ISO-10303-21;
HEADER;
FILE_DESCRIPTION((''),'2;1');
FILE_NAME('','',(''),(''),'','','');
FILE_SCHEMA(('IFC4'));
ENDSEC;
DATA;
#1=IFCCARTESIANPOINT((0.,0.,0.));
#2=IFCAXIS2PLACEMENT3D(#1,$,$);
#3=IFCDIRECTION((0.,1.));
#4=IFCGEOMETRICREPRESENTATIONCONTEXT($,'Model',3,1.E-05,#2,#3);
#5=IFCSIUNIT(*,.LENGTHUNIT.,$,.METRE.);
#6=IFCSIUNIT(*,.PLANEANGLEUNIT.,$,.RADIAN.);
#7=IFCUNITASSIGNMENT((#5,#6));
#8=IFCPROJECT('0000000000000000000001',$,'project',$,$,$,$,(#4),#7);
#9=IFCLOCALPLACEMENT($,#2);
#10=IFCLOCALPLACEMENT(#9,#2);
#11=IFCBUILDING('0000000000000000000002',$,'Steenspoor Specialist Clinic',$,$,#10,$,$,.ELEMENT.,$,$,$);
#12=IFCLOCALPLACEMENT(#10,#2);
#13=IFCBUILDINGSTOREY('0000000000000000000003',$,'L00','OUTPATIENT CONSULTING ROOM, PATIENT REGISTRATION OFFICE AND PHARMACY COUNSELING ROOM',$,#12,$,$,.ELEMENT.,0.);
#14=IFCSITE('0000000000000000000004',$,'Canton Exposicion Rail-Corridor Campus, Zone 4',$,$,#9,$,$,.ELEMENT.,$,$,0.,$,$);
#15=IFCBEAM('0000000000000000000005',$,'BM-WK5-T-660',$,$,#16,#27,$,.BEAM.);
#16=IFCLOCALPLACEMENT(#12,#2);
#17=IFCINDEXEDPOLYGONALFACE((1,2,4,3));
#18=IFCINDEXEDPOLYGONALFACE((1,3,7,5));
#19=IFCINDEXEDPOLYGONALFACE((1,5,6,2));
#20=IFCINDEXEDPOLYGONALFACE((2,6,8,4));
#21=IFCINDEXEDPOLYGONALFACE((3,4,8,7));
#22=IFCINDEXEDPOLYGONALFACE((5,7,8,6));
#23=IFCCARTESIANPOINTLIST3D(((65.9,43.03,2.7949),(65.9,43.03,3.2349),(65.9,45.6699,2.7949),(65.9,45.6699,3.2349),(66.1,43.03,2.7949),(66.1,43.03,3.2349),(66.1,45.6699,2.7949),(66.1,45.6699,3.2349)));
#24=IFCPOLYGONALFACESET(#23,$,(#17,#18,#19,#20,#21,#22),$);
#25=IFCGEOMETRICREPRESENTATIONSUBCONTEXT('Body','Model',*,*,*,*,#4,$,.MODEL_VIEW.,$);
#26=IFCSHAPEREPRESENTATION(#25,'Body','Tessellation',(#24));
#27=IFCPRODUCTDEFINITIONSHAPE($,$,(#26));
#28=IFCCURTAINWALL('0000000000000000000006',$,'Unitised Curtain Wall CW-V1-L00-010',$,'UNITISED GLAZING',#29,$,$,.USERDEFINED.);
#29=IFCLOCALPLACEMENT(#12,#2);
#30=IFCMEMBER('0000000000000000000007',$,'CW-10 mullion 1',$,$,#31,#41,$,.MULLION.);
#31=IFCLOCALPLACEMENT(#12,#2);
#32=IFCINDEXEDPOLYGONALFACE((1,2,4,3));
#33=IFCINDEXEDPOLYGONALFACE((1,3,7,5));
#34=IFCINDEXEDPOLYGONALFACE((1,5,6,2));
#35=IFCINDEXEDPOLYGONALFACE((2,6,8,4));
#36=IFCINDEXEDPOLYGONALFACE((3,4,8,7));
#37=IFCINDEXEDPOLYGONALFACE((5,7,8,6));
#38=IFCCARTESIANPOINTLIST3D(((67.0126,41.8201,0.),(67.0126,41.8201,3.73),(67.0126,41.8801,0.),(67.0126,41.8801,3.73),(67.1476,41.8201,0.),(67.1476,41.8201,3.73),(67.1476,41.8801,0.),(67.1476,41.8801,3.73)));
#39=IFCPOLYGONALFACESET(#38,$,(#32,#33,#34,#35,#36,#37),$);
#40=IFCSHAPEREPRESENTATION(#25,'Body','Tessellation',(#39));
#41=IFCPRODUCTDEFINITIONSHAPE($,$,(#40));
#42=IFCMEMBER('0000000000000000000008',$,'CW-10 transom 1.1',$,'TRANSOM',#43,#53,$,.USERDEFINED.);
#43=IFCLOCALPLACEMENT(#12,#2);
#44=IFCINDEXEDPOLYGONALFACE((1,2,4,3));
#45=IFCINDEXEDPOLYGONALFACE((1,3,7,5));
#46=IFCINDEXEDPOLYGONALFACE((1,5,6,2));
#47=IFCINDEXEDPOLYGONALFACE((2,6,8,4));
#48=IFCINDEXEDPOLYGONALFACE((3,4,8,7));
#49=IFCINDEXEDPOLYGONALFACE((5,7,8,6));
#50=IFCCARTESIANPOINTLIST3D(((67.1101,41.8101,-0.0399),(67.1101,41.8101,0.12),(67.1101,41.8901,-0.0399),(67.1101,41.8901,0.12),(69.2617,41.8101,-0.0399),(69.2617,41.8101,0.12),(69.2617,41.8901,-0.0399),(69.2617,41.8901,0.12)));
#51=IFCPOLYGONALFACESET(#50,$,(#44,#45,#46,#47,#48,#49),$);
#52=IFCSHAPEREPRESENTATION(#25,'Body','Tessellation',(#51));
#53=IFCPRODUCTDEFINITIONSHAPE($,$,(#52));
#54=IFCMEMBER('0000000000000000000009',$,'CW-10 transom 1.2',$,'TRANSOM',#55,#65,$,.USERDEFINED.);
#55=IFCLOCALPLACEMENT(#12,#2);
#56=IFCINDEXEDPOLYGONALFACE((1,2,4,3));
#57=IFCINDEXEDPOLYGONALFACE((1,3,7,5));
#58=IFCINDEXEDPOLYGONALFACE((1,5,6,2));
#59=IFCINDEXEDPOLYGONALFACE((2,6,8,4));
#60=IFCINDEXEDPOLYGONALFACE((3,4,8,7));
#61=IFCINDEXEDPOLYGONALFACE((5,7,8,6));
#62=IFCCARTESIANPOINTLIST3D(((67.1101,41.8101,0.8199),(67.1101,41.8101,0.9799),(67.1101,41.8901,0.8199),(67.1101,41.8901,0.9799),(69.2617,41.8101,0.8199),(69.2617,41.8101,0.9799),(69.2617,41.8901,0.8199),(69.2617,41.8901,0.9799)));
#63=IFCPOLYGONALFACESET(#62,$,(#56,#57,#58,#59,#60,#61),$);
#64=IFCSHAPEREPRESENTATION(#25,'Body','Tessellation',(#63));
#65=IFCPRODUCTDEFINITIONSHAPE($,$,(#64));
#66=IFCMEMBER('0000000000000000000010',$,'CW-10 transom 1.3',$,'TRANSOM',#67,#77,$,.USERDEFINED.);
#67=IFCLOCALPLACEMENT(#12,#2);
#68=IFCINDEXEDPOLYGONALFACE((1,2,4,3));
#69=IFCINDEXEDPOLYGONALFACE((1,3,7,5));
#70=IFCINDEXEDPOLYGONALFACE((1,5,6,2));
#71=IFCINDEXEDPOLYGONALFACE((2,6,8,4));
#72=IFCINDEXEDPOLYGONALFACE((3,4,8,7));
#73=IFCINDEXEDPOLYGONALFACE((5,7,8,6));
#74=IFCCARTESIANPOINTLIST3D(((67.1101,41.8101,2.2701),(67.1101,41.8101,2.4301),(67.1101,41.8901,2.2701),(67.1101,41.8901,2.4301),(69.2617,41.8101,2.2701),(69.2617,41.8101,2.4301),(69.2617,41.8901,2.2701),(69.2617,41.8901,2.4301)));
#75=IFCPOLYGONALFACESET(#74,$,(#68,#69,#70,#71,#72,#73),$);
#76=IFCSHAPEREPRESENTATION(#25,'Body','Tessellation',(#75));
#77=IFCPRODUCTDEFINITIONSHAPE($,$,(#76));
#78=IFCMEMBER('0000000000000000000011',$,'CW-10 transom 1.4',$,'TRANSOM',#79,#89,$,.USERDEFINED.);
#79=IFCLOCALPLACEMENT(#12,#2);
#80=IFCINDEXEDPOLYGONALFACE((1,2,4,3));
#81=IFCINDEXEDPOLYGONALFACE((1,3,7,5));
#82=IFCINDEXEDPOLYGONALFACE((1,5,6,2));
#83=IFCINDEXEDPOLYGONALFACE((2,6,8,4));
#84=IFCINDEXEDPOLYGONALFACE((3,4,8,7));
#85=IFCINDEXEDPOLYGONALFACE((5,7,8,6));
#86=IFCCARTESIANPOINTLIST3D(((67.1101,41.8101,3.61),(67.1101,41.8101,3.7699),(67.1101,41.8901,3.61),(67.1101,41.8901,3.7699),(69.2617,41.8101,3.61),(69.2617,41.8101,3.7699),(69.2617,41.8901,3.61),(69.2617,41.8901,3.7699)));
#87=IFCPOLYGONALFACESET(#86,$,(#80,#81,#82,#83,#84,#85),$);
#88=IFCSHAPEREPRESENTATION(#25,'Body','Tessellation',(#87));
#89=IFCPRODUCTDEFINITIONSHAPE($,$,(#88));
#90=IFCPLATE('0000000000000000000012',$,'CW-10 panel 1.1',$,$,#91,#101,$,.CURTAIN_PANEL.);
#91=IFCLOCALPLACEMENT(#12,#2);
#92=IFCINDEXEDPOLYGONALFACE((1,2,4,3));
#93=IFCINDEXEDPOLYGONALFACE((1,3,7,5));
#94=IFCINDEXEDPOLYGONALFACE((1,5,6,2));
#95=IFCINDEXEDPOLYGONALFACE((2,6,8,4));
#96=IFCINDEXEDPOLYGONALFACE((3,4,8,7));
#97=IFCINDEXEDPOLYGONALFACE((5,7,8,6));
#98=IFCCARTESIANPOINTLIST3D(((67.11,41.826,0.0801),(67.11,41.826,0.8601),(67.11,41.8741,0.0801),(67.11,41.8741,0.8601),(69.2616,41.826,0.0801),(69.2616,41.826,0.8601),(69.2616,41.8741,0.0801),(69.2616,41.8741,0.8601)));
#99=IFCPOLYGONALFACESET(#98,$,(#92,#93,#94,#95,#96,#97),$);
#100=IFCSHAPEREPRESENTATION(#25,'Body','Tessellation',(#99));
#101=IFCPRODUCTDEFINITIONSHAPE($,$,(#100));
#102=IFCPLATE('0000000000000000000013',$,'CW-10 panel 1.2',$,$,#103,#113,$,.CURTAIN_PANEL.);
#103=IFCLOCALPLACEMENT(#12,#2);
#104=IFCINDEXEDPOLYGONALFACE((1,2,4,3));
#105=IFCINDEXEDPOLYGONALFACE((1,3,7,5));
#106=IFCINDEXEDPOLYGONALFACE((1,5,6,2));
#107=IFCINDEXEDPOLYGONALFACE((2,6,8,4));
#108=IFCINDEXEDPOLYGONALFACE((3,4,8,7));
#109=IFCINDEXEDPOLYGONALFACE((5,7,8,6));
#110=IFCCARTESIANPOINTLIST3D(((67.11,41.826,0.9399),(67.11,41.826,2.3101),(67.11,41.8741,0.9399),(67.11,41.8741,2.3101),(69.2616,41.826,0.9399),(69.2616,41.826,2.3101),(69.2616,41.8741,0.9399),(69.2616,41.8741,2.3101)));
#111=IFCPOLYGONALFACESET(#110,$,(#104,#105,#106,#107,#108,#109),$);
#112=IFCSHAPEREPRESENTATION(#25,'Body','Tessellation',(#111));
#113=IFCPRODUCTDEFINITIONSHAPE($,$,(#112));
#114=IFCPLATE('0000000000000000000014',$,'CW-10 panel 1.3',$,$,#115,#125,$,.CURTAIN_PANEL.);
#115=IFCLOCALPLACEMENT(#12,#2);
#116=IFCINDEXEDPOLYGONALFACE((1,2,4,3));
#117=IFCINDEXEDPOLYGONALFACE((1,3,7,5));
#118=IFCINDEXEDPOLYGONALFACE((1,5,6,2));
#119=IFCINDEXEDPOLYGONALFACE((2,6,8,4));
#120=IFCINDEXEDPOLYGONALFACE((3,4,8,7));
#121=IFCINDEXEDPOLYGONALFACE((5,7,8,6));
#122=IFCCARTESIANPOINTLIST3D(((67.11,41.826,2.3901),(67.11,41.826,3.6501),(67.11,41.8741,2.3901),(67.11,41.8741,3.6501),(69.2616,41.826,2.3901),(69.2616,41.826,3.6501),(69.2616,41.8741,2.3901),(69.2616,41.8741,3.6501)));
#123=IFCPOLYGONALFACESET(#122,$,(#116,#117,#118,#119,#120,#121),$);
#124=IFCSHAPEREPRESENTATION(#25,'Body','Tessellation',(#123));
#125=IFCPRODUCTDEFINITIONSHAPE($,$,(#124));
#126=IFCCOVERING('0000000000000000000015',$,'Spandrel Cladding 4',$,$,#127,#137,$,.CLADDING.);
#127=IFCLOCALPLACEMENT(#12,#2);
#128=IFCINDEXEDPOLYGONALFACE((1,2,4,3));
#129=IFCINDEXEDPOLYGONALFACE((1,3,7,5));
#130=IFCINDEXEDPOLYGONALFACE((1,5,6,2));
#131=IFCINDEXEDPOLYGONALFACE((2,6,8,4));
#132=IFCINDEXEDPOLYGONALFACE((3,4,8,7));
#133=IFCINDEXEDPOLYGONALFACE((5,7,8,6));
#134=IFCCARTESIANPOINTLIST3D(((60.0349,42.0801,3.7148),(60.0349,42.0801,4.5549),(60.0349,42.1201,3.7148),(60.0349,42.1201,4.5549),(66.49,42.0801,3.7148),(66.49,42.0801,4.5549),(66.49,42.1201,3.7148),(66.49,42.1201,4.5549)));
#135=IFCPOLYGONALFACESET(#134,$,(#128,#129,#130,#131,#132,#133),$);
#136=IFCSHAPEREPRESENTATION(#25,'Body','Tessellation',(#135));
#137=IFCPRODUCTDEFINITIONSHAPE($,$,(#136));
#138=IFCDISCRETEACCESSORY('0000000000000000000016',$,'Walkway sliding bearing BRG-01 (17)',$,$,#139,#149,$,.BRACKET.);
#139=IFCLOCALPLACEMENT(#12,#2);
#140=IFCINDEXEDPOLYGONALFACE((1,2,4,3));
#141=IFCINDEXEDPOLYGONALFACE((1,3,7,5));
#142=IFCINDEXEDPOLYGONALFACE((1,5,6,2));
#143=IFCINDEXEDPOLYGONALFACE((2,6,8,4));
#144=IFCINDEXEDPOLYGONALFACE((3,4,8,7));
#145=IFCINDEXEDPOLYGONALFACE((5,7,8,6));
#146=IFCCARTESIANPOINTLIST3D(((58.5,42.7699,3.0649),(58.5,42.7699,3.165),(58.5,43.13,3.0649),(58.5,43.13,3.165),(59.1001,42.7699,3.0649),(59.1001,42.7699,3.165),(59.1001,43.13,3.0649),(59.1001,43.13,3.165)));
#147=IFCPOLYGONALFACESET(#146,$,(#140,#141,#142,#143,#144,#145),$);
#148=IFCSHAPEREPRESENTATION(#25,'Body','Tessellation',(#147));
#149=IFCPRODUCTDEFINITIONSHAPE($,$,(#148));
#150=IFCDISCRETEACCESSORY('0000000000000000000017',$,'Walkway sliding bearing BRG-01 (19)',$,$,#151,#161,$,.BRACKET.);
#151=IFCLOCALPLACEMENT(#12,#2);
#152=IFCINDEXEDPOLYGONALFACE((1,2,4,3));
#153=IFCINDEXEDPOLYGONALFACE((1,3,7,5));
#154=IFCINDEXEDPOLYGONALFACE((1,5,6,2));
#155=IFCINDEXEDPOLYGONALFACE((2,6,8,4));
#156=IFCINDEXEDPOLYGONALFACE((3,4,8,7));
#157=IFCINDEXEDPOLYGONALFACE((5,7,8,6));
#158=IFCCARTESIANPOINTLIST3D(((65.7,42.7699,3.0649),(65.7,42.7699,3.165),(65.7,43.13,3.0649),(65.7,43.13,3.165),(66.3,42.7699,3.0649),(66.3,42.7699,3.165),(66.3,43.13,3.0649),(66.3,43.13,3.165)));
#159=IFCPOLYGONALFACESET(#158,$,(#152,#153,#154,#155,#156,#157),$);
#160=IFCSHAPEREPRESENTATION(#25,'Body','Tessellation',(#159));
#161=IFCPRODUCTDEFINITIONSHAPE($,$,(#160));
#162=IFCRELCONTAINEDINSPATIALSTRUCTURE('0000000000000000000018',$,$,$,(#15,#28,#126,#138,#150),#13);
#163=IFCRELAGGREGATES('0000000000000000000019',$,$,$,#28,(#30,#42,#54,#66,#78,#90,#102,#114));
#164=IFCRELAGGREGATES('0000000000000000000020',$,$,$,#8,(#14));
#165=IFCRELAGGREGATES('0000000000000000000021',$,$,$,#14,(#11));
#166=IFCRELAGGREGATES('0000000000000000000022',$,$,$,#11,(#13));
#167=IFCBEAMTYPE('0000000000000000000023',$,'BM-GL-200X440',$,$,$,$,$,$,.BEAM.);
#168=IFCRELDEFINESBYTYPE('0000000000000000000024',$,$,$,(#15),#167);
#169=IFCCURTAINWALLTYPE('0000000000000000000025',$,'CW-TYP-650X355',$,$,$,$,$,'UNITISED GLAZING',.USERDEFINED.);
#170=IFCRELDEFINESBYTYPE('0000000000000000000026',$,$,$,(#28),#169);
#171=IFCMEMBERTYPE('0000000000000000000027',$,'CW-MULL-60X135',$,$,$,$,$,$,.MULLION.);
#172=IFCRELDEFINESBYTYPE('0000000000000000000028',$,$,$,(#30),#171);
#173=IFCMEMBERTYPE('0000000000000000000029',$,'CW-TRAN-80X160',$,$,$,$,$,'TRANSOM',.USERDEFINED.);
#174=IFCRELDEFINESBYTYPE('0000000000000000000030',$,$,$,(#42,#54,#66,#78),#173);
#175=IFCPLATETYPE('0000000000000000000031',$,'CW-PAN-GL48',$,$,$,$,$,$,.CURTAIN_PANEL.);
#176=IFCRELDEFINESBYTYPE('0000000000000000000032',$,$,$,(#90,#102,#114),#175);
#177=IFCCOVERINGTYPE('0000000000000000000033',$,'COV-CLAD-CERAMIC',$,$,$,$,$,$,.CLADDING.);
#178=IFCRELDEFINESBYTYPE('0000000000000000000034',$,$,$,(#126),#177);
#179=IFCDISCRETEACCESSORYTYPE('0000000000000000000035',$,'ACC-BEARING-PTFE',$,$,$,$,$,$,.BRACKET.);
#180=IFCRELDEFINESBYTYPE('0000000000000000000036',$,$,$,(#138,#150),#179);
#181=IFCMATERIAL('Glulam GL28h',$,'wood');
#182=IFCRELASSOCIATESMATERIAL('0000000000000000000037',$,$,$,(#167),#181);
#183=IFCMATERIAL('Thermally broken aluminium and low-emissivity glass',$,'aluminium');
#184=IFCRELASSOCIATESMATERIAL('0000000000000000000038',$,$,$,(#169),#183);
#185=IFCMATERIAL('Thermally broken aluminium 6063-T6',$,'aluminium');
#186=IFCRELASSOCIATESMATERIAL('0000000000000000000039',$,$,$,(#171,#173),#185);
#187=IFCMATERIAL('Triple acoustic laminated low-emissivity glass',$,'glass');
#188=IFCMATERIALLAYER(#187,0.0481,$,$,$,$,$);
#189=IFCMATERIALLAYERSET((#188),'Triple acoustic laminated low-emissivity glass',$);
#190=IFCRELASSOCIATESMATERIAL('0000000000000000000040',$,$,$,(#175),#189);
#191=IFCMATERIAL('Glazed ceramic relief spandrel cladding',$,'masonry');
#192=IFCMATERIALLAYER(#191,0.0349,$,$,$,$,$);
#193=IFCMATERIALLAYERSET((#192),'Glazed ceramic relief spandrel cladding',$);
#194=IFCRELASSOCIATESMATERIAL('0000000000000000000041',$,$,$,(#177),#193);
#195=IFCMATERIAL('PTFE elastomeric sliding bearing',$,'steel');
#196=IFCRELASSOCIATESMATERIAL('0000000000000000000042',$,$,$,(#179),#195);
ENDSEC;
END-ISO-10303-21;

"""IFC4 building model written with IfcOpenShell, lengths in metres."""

from ifc_helpers import new_model, si_unit, direction, frame, origin, origin_2d, place, context, subcontext, project, spatial, rectangle, extrude, material, layer, layer_set, material_profile, profile_set, type_object, element, aggregate, save


model = new_model("IFC4")

# Units and contexts
model_context = context("Model", 3, precision=1e-05, world=origin(), true_north=direction((0.0, 1.0)))
body_context = subcontext(model_context, "Body", "Model", "MODEL_VIEW")
ifc_project = project(units=[si_unit("LENGTHUNIT", "METRE"), si_unit("PLANEANGLEUNIT", "RADIAN")], contexts=[model_context])

# Site, building, storey
site_placement = place(None, origin())
site = spatial("IfcSite", under=ifc_project, at=site_placement, Name="Canton Exposicion Rail-Corridor Campus, Zone 4", CompositionType="ELEMENT", RefElevation=0.0)
building_placement = place(site_placement, origin())
building = spatial("IfcBuilding", under=site, at=building_placement, Name="Steenspoor Specialist Clinic", CompositionType="ELEMENT")
storey_placement = place(building_placement, origin())
storey = spatial("IfcBuildingStorey", under=building, at=storey_placement, Name="L00", Description="OUTPATIENT CONSULTING ROOM, PATIENT REGISTRATION OFFICE AND PHARMACY COUNSELING ROOM", CompositionType="ELEMENT", Elevation=0.0)

# Shared definitions
ifc_material_1 = material(Name="Glulam GL28h", Category="wood")

# Beam
ifc_material_profile_1 = material_profile(ifc_material_1, rectangle(XDim=0.2, YDim=0.4399, at=origin_2d()), Name="GL28H-200X440")
ifc_profile_set_1 = profile_set([ifc_material_profile_1], Name="Glulam GL28h")
beam_type = type_object("IfcBeamType", Name="BM-GL-200X440", PredefinedType="BEAM", material=ifc_profile_set_1)
for number, where, z_axis, x_axis, name in (
    (1, (66.0, 43.03, 3.0149), (0.0, 1.0, 0.0), (-1.0, 0.0, 0.0), "BM-WK5-T-660"),
):
    element("IfcBeam", number, at=place(storey_placement, frame(where, z_axis=z_axis, x_axis=x_axis)), inside=storey, type_object=beam_type, Name=name, PredefinedType="BEAM", context=body_context, shape_type="SweptSolid", body=[
        extrude(rectangle(XDim=0.2, YDim=0.4399, at=origin_2d()), origin(), (0.0, 0.0, 1.0), 2.6399),
    ])

# Curtain wall, members, plates
ifc_material_2 = material(Name="Thermally broken aluminium and low-emissivity glass", Category="aluminium")
curtain_wall_type = type_object("IfcCurtainWallType", Name="CW-TYP-650X355", ElementType="UNITISED GLAZING", PredefinedType="USERDEFINED", material=ifc_material_2)
curtain_wall_placement = place(storey_placement, origin())
curtain_wall = element("IfcCurtainWall", 2, at=curtain_wall_placement, inside=storey, type_object=curtain_wall_type, Name="Unitised Curtain Wall CW-V1-L00-010", ObjectType="UNITISED GLAZING", PredefinedType="USERDEFINED")
ifc_material_3 = material(Name="Thermally broken aluminium 6063-T6", Category="aluminium")
ifc_material_profile_2 = material_profile(ifc_material_3, rectangle(XDim=0.0601, YDim=0.135, at=origin_2d()), Name="CWM-60X135")
ifc_profile_set_2 = profile_set([ifc_material_profile_2], Name="Thermally broken aluminium 6063-T6")
member_type_1 = type_object("IfcMemberType", Name="CW-MULL-60X135", PredefinedType="MULLION", material=ifc_profile_set_2)
member_1_placement = place(storey_placement, frame((67.0801, 41.8501, 0.0), z_axis=(0.0, 0.0, 1.0), x_axis=(0.0, 1.0, 0.0)))
member_1 = element("IfcMember", 3, at=member_1_placement, type_object=member_type_1, Name="CW-10 mullion 1", PredefinedType="MULLION", context=body_context, shape_type="SweptSolid", body=[
    extrude(rectangle(XDim=0.0601, YDim=0.135, at=origin_2d()), origin(), (0.0, 0.0, 1.0), 3.73),
])
ifc_material_profile_3 = material_profile(ifc_material_3, rectangle(XDim=0.0801, YDim=0.1599, at=origin_2d()), Name="CWT-80X160")
ifc_profile_set_3 = profile_set([ifc_material_profile_3], Name="Thermally broken aluminium 6063-T6")
member_type_2 = type_object("IfcMemberType", Name="CW-TRAN-80X160", ElementType="TRANSOM", PredefinedType="USERDEFINED", material=ifc_profile_set_3)
member_2_placement = place(storey_placement, frame((67.1101, 41.8501, 0.04), z_axis=(1.0, 0.0, 0.0), x_axis=(0.0, 1.0, 0.0)))
member_2 = element("IfcMember", 4, at=member_2_placement, type_object=member_type_2, Name="CW-10 transom 1.1", ObjectType="TRANSOM", PredefinedType="USERDEFINED", context=body_context, shape_type="SweptSolid", body=[
    extrude(rectangle(XDim=0.0801, YDim=0.1599, at=origin_2d()), origin(), (0.0, 0.0, 1.0), 2.1516),
])
member_3_placement = place(storey_placement, frame((67.1101, 41.8501, 0.8999), z_axis=(1.0, 0.0, 0.0), x_axis=(0.0, 1.0, 0.0)))
member_3 = element("IfcMember", 5, at=member_3_placement, type_object=member_type_2, Name="CW-10 transom 1.2", ObjectType="TRANSOM", PredefinedType="USERDEFINED", context=body_context, shape_type="SweptSolid", body=[
    extrude(rectangle(XDim=0.0801, YDim=0.1599, at=origin_2d()), origin(), (0.0, 0.0, 1.0), 2.1516),
])
member_4_placement = place(storey_placement, frame((67.1101, 41.8501, 2.3501), z_axis=(1.0, 0.0, 0.0), x_axis=(0.0, 1.0, 0.0)))
member_4 = element("IfcMember", 6, at=member_4_placement, type_object=member_type_2, Name="CW-10 transom 1.3", ObjectType="TRANSOM", PredefinedType="USERDEFINED", context=body_context, shape_type="SweptSolid", body=[
    extrude(rectangle(XDim=0.0801, YDim=0.1599, at=origin_2d()), origin(), (0.0, 0.0, 1.0), 2.1516),
])
member_5_placement = place(storey_placement, frame((67.1101, 41.8501, 3.6899), z_axis=(1.0, 0.0, 0.0), x_axis=(0.0, 1.0, 0.0)))
member_5 = element("IfcMember", 7, at=member_5_placement, type_object=member_type_2, Name="CW-10 transom 1.4", ObjectType="TRANSOM", PredefinedType="USERDEFINED", context=body_context, shape_type="SweptSolid", body=[
    extrude(rectangle(XDim=0.0801, YDim=0.1599, at=origin_2d()), origin(), (0.0, 0.0, 1.0), 2.1516),
])
ifc_material_4 = material(Name="Triple acoustic laminated low-emissivity glass", Category="glass")
ifc_layer_1 = layer(ifc_material_4, 0.0481)
ifc_layer_set_1 = layer_set([ifc_layer_1], Name="Triple acoustic laminated low-emissivity glass")
plate_type = type_object("IfcPlateType", Name="CW-PAN-GL48", PredefinedType="CURTAIN_PANEL", material=ifc_layer_set_1)
plate_1_placement = place(storey_placement, frame((68.1858, 41.8501, 0.0801), z_axis=(0.0, 0.0, 1.0), x_axis=(1.0, 0.0, 0.0)))
plate_1 = element("IfcPlate", 8, at=plate_1_placement, type_object=plate_type, Name="CW-10 panel 1.1", PredefinedType="CURTAIN_PANEL", context=body_context, shape_type="SweptSolid", body=[
    extrude(rectangle(XDim=2.1516, YDim=0.0481, at=origin_2d()), origin(), (0.0, 0.0, 1.0), 0.78),
])
plate_2_placement = place(storey_placement, frame((68.1858, 41.8501, 0.9399), z_axis=(0.0, 0.0, 1.0), x_axis=(1.0, 0.0, 0.0)))
plate_2 = element("IfcPlate", 9, at=plate_2_placement, type_object=plate_type, Name="CW-10 panel 1.2", PredefinedType="CURTAIN_PANEL", context=body_context, shape_type="SweptSolid", body=[
    extrude(rectangle(XDim=2.1516, YDim=0.0481, at=origin_2d()), origin(), (0.0, 0.0, 1.0), 1.3701),
])
plate_3_placement = place(storey_placement, frame((68.1858, 41.8501, 2.3901), z_axis=(0.0, 0.0, 1.0), x_axis=(1.0, 0.0, 0.0)))
plate_3 = element("IfcPlate", 10, at=plate_3_placement, type_object=plate_type, Name="CW-10 panel 1.3", PredefinedType="CURTAIN_PANEL", context=body_context, shape_type="SweptSolid", body=[
    extrude(rectangle(XDim=2.1516, YDim=0.0481, at=origin_2d()), origin(), (0.0, 0.0, 1.0), 1.26),
])
aggregate(curtain_wall, [member_1, member_2, member_3, member_4, member_5, plate_1, plate_2, plate_3])

# Covering
ifc_material_5 = material(Name="Glazed ceramic relief spandrel cladding", Category="masonry")
ifc_layer_2 = layer(ifc_material_5, 0.0349)
ifc_layer_set_2 = layer_set([ifc_layer_2], Name="Glazed ceramic relief spandrel cladding")
covering_type = type_object("IfcCoveringType", Name="COV-CLAD-CERAMIC", PredefinedType="CLADDING", material=ifc_layer_set_2)
covering_placement = place(storey_placement, frame((63.2625, 42.1001, 3.7148), z_axis=(0.0, 0.0, 1.0), x_axis=(1.0, 0.0, 0.0)))
element("IfcCovering", 11, at=covering_placement, inside=storey, type_object=covering_type, Name="Spandrel Cladding 4", PredefinedType="CLADDING", context=body_context, shape_type="SweptSolid", body=[
    extrude(rectangle(XDim=6.4551, YDim=0.04, at=origin_2d()), origin(), (0.0, 0.0, 1.0), 0.8401),
])

# Discrete accessories
ifc_material_6 = material(Name="PTFE elastomeric sliding bearing", Category="steel")
discrete_accessory_type = type_object("IfcDiscreteAccessoryType", Name="ACC-BEARING-PTFE", PredefinedType="BRACKET", material=ifc_material_6)
for number, where, z_axis, x_axis, name in (
    (12, (58.8, 42.95, 3.0649), (0.0, 0.0, 1.0), (1.0, 0.0, 0.0), "Walkway sliding bearing BRG-01 (17)"),
    (13, (66.0, 42.95, 3.0649), (0.0, 0.0, 1.0), (1.0, 0.0, 0.0), "Walkway sliding bearing BRG-01 (19)"),
):
    element("IfcDiscreteAccessory", number, at=place(storey_placement, frame(where, z_axis=z_axis, x_axis=x_axis)), inside=storey, type_object=discrete_accessory_type, Name=name, PredefinedType="BRACKET", context=body_context, shape_type="SweptSolid", body=[
        extrude(rectangle(XDim=0.6001, YDim=0.3601, at=origin_2d()), origin(), (0.0, 0.0, 1.0), 0.1001),
    ])

save(model, "model.ifc")
